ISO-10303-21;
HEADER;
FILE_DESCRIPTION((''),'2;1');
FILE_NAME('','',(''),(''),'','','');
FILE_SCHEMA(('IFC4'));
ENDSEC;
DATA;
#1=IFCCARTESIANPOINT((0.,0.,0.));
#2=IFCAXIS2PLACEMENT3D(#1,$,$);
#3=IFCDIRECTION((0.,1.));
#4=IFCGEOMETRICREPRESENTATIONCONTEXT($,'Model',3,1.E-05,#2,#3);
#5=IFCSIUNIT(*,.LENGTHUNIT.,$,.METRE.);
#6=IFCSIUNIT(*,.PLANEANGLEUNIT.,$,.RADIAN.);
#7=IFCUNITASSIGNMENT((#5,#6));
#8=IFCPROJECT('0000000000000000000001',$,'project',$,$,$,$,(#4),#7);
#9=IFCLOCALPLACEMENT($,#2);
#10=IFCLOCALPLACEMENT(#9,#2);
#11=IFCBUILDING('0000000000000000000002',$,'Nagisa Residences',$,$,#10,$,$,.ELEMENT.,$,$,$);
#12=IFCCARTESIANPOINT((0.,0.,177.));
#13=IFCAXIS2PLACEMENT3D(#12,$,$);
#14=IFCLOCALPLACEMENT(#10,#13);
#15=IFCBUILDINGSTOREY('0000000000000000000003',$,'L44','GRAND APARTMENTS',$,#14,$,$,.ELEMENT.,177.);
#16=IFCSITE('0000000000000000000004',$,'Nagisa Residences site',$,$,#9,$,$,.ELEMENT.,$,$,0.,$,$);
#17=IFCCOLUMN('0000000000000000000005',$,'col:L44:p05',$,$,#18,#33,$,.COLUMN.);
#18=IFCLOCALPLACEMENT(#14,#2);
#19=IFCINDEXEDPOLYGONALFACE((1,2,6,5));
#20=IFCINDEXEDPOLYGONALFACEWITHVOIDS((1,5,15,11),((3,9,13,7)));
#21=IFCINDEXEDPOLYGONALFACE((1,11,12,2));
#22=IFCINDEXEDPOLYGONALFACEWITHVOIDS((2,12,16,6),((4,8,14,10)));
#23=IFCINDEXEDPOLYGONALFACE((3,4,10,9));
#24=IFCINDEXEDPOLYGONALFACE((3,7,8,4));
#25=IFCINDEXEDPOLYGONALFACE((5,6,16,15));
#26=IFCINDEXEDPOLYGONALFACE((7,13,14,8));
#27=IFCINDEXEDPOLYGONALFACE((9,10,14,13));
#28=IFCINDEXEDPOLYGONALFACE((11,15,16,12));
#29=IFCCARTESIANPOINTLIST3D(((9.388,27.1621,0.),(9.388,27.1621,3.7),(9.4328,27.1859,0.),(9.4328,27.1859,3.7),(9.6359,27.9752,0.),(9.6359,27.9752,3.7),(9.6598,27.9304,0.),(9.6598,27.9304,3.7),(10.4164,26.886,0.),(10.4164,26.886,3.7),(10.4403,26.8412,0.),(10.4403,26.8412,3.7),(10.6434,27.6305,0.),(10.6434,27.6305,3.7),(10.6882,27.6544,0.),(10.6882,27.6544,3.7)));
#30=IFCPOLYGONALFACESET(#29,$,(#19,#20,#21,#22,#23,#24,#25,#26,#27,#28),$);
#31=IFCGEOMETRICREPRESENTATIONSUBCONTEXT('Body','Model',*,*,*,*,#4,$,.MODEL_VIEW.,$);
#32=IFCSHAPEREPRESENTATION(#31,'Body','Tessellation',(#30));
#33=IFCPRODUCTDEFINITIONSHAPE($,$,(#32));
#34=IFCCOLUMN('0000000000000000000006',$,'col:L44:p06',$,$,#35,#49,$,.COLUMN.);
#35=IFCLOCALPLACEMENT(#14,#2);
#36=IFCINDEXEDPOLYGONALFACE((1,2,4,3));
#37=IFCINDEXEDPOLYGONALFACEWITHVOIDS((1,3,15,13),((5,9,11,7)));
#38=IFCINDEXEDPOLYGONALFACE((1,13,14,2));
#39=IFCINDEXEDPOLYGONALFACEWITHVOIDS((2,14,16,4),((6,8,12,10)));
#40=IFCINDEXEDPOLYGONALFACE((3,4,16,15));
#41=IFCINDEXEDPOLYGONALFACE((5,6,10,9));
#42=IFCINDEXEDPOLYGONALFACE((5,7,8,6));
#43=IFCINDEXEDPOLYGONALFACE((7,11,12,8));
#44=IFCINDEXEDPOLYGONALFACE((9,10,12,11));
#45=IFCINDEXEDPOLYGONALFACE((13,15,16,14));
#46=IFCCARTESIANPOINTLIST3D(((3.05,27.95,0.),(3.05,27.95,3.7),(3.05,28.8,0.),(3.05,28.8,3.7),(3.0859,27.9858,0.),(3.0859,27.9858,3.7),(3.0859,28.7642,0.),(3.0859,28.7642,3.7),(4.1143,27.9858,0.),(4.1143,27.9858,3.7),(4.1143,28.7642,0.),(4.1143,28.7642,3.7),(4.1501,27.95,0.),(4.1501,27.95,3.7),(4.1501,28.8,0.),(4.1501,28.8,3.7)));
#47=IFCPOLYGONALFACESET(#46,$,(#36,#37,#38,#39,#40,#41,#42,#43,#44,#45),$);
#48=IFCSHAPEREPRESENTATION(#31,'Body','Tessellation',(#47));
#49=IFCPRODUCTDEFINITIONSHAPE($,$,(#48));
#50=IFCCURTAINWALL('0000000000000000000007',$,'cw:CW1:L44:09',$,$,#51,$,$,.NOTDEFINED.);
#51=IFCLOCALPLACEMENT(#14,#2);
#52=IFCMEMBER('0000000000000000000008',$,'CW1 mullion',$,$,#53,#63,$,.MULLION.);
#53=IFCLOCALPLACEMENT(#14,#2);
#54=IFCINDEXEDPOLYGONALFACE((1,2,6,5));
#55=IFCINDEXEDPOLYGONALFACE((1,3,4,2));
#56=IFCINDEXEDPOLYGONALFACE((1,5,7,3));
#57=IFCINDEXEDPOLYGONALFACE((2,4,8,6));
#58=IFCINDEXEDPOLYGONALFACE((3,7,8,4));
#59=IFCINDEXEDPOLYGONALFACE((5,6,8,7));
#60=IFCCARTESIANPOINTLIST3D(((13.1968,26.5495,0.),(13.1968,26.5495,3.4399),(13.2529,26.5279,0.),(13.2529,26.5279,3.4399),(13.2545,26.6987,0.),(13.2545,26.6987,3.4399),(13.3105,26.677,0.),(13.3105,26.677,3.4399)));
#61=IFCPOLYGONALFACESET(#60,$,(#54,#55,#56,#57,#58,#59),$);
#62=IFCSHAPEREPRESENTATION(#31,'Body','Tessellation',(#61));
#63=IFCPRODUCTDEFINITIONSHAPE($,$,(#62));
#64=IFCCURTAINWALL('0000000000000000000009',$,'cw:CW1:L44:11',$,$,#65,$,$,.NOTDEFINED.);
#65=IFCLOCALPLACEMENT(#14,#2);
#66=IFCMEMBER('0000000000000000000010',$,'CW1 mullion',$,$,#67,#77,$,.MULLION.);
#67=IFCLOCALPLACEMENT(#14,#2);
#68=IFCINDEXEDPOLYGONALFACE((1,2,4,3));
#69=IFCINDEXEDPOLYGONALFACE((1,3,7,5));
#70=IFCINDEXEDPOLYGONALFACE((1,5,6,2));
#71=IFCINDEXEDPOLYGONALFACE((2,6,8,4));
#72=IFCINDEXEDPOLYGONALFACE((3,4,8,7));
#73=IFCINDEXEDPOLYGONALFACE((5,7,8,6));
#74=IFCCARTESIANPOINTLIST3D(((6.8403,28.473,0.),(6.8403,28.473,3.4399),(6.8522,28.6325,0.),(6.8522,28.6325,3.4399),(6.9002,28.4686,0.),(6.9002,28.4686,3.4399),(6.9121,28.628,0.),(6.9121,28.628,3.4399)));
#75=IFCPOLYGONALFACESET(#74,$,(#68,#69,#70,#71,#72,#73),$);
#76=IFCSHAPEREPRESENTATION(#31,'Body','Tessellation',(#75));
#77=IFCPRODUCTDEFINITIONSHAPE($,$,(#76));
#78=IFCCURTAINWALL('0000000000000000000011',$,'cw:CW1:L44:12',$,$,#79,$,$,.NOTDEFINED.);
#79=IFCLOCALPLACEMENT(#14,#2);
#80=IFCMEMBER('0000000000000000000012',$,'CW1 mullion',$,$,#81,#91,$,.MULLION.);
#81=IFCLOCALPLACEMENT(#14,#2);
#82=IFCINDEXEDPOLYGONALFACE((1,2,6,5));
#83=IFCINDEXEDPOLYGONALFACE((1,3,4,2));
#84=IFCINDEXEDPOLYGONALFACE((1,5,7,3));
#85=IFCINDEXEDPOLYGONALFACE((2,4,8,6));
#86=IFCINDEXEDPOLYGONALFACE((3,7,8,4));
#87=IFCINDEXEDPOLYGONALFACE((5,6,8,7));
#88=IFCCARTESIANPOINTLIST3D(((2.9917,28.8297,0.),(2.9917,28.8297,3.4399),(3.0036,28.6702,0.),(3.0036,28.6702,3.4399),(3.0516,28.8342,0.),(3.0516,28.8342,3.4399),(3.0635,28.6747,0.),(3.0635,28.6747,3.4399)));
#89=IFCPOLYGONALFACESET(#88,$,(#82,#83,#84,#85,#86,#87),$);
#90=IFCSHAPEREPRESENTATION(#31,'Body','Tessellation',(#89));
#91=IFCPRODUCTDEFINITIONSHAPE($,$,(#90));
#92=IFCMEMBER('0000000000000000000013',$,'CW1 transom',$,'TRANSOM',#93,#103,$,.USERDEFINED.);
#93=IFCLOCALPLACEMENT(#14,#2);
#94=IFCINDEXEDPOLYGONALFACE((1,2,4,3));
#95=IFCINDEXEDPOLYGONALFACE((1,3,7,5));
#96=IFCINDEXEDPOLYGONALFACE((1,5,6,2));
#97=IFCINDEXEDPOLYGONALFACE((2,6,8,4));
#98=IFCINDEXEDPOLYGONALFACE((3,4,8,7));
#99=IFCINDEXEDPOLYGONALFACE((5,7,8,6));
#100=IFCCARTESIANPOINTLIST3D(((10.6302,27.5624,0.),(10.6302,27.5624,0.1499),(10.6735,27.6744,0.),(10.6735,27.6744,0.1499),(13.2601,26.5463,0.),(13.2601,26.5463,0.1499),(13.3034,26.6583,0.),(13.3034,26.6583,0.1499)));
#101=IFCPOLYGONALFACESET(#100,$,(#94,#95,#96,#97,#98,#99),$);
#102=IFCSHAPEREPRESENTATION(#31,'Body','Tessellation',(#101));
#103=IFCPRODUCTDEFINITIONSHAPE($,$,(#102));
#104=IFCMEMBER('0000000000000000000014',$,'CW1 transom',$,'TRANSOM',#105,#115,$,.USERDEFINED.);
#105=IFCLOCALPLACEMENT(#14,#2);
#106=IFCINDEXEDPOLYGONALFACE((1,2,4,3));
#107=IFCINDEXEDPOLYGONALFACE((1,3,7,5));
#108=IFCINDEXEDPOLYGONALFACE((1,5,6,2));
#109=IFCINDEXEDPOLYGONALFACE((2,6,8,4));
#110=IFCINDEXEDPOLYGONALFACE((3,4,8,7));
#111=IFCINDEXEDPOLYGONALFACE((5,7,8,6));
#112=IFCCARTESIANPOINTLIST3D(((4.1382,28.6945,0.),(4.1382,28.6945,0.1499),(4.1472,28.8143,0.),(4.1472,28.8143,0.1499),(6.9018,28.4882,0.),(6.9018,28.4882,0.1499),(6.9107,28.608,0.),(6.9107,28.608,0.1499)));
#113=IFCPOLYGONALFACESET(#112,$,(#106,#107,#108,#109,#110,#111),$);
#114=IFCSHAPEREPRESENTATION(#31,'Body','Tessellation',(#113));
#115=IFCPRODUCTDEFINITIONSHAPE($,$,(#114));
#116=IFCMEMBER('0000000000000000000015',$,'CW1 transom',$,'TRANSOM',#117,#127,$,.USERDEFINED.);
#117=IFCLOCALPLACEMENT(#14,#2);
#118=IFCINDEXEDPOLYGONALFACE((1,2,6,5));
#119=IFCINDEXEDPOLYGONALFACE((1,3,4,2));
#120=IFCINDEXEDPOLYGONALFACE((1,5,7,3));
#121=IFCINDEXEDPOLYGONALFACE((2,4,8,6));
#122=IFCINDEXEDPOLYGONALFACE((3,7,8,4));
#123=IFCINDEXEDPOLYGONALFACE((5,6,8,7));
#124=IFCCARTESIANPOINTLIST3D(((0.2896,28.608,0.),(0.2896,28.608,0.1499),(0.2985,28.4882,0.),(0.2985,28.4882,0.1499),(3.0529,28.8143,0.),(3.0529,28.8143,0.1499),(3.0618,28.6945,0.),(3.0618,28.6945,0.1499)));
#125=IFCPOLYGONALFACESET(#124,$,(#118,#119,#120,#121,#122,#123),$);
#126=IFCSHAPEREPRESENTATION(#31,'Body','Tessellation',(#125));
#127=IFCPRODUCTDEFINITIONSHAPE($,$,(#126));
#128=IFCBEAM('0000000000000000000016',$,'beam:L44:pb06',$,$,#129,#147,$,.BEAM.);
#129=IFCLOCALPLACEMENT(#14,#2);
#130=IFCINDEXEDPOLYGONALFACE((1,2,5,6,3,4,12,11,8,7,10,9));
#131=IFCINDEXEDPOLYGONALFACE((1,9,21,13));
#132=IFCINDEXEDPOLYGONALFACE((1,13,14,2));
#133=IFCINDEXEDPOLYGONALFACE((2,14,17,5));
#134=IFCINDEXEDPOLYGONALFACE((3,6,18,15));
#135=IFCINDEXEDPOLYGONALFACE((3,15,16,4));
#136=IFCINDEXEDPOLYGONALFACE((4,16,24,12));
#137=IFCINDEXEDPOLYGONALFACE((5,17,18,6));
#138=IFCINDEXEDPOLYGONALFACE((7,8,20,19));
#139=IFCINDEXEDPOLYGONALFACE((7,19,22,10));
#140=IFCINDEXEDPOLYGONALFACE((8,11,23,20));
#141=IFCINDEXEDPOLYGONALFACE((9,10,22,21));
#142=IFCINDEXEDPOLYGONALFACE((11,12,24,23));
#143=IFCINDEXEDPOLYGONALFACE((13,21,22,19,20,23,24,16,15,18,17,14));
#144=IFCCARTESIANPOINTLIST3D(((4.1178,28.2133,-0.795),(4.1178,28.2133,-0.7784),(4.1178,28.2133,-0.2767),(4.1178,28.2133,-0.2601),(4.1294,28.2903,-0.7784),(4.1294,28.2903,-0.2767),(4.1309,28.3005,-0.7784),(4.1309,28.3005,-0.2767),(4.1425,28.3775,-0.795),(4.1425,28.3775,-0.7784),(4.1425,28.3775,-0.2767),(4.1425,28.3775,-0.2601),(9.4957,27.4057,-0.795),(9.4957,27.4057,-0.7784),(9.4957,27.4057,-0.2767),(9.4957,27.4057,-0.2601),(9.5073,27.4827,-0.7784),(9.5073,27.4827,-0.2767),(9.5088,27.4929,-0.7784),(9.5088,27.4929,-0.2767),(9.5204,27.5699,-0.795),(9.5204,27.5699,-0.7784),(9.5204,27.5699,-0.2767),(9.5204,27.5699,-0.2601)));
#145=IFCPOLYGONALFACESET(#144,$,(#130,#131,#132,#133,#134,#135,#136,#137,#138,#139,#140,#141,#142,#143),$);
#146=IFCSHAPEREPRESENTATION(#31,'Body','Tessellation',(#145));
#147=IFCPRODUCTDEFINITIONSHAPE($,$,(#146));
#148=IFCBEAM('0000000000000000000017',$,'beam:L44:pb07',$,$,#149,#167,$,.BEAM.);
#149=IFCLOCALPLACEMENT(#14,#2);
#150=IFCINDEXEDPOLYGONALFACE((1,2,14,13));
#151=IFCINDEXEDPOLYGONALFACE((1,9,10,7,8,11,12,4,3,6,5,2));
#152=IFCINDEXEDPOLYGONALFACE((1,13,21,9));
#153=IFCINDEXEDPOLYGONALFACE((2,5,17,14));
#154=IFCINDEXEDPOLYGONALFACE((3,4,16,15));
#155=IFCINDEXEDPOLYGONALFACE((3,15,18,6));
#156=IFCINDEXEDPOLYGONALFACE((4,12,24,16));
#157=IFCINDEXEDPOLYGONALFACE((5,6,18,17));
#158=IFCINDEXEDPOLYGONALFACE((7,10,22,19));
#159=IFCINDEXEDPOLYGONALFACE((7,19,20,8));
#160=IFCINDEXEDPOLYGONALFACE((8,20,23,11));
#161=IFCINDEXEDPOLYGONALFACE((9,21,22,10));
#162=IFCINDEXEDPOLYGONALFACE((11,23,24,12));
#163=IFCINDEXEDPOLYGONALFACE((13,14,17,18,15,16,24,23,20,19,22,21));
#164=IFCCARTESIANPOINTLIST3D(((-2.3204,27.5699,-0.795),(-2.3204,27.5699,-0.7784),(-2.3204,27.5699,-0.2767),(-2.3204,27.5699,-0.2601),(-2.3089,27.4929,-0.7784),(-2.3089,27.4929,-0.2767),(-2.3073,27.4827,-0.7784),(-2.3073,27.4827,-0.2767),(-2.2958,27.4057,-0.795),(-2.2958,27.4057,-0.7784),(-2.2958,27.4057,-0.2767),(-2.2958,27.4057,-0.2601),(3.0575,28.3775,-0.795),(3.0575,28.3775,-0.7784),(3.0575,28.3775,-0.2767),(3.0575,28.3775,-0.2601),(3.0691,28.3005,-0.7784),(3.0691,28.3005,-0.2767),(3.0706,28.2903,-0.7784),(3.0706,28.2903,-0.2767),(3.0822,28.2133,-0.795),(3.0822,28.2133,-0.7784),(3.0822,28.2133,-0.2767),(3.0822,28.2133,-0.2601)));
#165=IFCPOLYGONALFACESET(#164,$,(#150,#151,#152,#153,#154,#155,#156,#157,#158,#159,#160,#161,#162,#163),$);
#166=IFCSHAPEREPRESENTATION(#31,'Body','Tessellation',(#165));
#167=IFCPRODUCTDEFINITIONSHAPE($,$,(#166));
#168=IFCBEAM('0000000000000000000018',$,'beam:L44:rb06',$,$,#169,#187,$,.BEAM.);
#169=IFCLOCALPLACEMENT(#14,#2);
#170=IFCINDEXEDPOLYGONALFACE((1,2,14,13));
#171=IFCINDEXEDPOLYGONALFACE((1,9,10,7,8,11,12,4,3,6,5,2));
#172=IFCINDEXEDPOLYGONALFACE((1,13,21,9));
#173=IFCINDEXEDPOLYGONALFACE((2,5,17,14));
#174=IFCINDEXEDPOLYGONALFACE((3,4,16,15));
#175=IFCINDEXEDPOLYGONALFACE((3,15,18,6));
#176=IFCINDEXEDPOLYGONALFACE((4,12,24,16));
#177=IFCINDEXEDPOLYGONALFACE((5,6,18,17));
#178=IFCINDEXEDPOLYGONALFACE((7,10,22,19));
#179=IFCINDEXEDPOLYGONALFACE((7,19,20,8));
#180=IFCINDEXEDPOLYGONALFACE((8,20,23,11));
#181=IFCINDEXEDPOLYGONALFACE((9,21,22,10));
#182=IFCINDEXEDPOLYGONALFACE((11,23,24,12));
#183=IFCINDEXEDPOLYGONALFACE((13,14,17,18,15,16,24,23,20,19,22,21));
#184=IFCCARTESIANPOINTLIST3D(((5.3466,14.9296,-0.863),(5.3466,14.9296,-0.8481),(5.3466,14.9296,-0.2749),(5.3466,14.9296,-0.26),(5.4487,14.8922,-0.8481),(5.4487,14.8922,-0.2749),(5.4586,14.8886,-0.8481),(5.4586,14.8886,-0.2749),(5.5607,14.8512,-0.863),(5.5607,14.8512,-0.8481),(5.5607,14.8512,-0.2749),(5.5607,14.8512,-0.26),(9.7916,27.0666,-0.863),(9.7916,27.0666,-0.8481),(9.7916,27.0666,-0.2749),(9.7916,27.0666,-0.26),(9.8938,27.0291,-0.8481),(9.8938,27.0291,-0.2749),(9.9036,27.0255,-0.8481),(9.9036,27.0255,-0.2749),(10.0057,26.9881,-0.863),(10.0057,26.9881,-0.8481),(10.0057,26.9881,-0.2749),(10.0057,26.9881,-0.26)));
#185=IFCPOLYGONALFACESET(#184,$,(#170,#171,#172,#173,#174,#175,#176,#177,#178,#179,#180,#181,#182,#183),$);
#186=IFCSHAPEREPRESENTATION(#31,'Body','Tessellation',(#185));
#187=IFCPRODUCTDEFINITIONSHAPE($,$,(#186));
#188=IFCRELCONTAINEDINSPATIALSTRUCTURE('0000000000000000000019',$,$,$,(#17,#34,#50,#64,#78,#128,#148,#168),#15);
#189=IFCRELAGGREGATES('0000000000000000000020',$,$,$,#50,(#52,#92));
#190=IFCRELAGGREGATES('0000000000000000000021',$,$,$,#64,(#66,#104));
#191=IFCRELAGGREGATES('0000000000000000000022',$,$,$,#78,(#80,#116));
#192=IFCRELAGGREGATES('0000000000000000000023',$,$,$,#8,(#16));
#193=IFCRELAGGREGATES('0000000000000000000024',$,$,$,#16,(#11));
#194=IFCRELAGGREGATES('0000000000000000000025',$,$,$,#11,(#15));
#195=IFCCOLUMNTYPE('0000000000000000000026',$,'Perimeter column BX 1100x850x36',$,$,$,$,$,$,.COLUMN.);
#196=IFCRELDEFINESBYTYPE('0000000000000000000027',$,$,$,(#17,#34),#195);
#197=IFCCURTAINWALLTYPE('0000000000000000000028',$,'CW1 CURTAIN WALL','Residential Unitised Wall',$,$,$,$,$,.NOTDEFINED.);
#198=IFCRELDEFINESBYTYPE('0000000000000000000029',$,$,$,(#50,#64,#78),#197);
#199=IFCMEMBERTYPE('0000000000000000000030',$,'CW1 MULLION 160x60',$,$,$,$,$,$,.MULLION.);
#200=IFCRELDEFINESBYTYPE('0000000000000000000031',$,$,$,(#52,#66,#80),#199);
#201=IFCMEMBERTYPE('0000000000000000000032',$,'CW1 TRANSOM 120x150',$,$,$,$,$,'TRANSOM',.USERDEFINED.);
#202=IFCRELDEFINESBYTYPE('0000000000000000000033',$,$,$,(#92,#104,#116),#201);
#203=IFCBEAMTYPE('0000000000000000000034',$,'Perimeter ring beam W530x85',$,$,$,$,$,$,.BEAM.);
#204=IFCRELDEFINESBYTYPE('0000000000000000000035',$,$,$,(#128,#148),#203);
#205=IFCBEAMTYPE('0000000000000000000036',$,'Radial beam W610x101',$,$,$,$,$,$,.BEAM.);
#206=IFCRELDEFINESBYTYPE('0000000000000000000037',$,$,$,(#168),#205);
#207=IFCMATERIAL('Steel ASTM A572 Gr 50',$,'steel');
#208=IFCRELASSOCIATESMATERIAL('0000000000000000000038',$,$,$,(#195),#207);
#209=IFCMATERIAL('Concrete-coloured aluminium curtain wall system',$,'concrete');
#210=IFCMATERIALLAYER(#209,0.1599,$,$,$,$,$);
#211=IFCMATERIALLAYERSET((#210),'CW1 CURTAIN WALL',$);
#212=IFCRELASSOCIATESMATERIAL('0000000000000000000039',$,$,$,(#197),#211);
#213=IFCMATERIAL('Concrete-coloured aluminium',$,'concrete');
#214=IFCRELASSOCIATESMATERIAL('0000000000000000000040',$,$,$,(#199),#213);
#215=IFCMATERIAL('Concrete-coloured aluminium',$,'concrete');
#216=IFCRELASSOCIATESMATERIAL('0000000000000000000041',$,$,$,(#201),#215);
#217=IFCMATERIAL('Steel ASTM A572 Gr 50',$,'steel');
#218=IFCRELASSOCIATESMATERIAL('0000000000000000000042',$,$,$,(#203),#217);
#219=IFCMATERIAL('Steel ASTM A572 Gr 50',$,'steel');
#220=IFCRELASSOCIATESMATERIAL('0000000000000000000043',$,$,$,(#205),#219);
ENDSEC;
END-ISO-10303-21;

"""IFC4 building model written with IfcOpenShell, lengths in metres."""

from ifc_helpers import new_model, si_unit, direction, frame, origin, origin_2d, place, context, subcontext, project, spatial, rectangle, hollow_rectangle, i_section, extrude, material, layer, layer_set, material_profile, profile_set, type_object, element, aggregate, save


model = new_model("IFC4")

# Units and contexts
model_context = context("Model", 3, precision=1e-05, world=origin(), true_north=direction((0.0, 1.0)))
body_context = subcontext(model_context, "Body", "Model", "MODEL_VIEW")
ifc_project = project(units=[si_unit("LENGTHUNIT", "METRE"), si_unit("PLANEANGLEUNIT", "RADIAN")], contexts=[model_context])

# Site, building, storey
site_placement = place(None, origin())
site = spatial("IfcSite", under=ifc_project, at=site_placement, Name="Nagisa Residences site", CompositionType="ELEMENT", RefElevation=0.0)
building_placement = place(site_placement, origin())
building = spatial("IfcBuilding", under=site, at=building_placement, Name="Nagisa Residences", CompositionType="ELEMENT")
storey_placement = place(building_placement, frame((0.0, 0.0, 177.0)))
storey = spatial("IfcBuildingStorey", under=building, at=storey_placement, Name="L44", Description="GRAND APARTMENTS", CompositionType="ELEMENT", Elevation=177.0)

# Columns
ifc_material_1 = material(Name="Steel ASTM A572 Gr 50", Category="steel")
ifc_material_profile_1 = material_profile(ifc_material_1, hollow_rectangle(XDim=1.1001, YDim=0.8501, WallThickness=0.0359, at=origin_2d()), Name="BX 1100x850x36")
ifc_profile_set_1 = profile_set([ifc_material_profile_1], Name="Steel ASTM A572 Gr 50")
column_type = type_object("IfcColumnType", Name="Perimeter column BX 1100x850x36", PredefinedType="COLUMN", material=ifc_profile_set_1)
for number, where, z_axis, x_axis, name in (
    (1, (10.0381, 27.4082, 0.0), (0.0, 0.0, 1.0), (-0.956525, 0.291652, 0.0), "col:L44:p05"),
    (2, (3.6001, 28.375, 0.0), (0.0, 0.0, 1.0), (-1.0, 0.0, 0.0), "col:L44:p06"),
):
    element("IfcColumn", number, at=place(storey_placement, frame(where, z_axis=z_axis, x_axis=x_axis)), inside=storey, type_object=column_type, Name=name, PredefinedType="COLUMN", context=body_context, shape_type="SweptSolid", body=[
        extrude(hollow_rectangle(XDim=1.1001, YDim=0.8501, WallThickness=0.0359, at=origin_2d()), origin(), (0.0, 0.0, 1.0), 3.7),
    ])

# Curtain walls, members
ifc_material_2 = material(Name="Concrete-coloured aluminium curtain wall system", Category="concrete")
ifc_layer_1 = layer(ifc_material_2, 0.1599)
ifc_layer_set_1 = layer_set([ifc_layer_1], Name="CW1 CURTAIN WALL")
curtain_wall_type = type_object("IfcCurtainWallType", Name="CW1 CURTAIN WALL", Description="Residential Unitised Wall", PredefinedType="NOTDEFINED", material=ifc_layer_set_1)
curtain_wall_1_placement = place(storey_placement, origin())
curtain_wall_1 = element("IfcCurtainWall", 3, at=curtain_wall_1_placement, inside=storey, type_object=curtain_wall_type, Name="cw:CW1:L44:09", PredefinedType="NOTDEFINED")
ifc_material_3 = material(Name="Concrete-coloured aluminium", Category="concrete")
ifc_material_profile_2 = material_profile(ifc_material_3, rectangle(XDim=0.1599, YDim=0.0601, at=origin_2d()), Name="CW1 MULLION 160x60")
ifc_profile_set_2 = profile_set([ifc_material_profile_2], Name="Concrete-coloured aluminium")
member_type_1 = type_object("IfcMemberType", Name="CW1 MULLION 160x60", PredefinedType="MULLION", material=ifc_profile_set_2)
member_1_placement = place(storey_placement, frame((13.2537, 26.6133, 0.0), z_axis=(0.0, 0.0, 1.0), x_axis=(-0.360328, -0.932826, 0.0)))
member_1 = element("IfcMember", 4, at=member_1_placement, type_object=member_type_1, Name="CW1 mullion", PredefinedType="MULLION", context=body_context, shape_type="SweptSolid", body=[
    extrude(rectangle(XDim=0.1599, YDim=0.0601, at=origin_2d()), origin(), (0.0, 0.0, 1.0), 3.4399),
])
curtain_wall_2_placement = place(storey_placement, origin())
curtain_wall_2 = element("IfcCurtainWall", 5, at=curtain_wall_2_placement, inside=storey, type_object=curtain_wall_type, Name="cw:CW1:L44:11", PredefinedType="NOTDEFINED")
member_2_placement = place(storey_placement, frame((6.8762, 28.5505, 0.0), z_axis=(0.0, 0.0, 1.0), x_axis=(-0.074377, -0.99723, 0.0)))
member_2 = element("IfcMember", 6, at=member_2_placement, type_object=member_type_1, Name="CW1 mullion", PredefinedType="MULLION", context=body_context, shape_type="SweptSolid", body=[
    extrude(rectangle(XDim=0.1599, YDim=0.0601, at=origin_2d()), origin(), (0.0, 0.0, 1.0), 3.4399),
])
curtain_wall_3_placement = place(storey_placement, origin())
curtain_wall_3 = element("IfcCurtainWall", 7, at=curtain_wall_3_placement, inside=storey, type_object=curtain_wall_type, Name="cw:CW1:L44:12", PredefinedType="NOTDEFINED")
member_3_placement = place(storey_placement, frame((3.0276, 28.7522, 0.0), z_axis=(0.0, 0.0, 1.0), x_axis=(0.074377, -0.99723, 0.0)))
member_3 = element("IfcMember", 8, at=member_3_placement, type_object=member_type_1, Name="CW1 mullion", PredefinedType="MULLION", context=body_context, shape_type="SweptSolid", body=[
    extrude(rectangle(XDim=0.1599, YDim=0.0601, at=origin_2d()), origin(), (0.0, 0.0, 1.0), 3.4399),
])

# Members
ifc_material_4 = material(Name="Concrete-coloured aluminium", Category="concrete")
ifc_material_profile_3 = material_profile(ifc_material_4, rectangle(XDim=0.1201, YDim=0.1499, at=origin_2d()), Name="CW1 TRANSOM 120x150")
ifc_profile_set_3 = profile_set([ifc_material_profile_3], Name="Concrete-coloured aluminium")
member_type_2 = type_object("IfcMemberType", Name="CW1 TRANSOM 120x150", ElementType="TRANSOM", PredefinedType="USERDEFINED", material=ifc_profile_set_3)
member_4_placement = place(storey_placement, frame((13.2817, 26.6023, 0.075), z_axis=(-0.932795, 0.360406, 0.0), x_axis=(-0.360406, -0.932795, 0.0)))
member_4 = element("IfcMember", 9, at=member_4_placement, type_object=member_type_2, Name="CW1 transom", ObjectType="TRANSOM", PredefinedType="USERDEFINED", context=body_context, shape_type="SweptSolid", body=[
    extrude(rectangle(XDim=0.1201, YDim=0.1499, at=origin_2d()), origin(), (0.0, 0.0, 1.0), 2.8193),
])
member_5_placement = place(storey_placement, frame((6.9062, 28.5481, 0.075), z_axis=(-0.997226, 0.07444, 0.0), x_axis=(-0.07444, -0.997226, 0.0)))
member_5 = element("IfcMember", 10, at=member_5_placement, type_object=member_type_2, Name="CW1 transom", ObjectType="TRANSOM", PredefinedType="USERDEFINED", context=body_context, shape_type="SweptSolid", body=[
    extrude(rectangle(XDim=0.1201, YDim=0.1499, at=origin_2d()), origin(), (0.0, 0.0, 1.0), 2.7712),
])
member_6_placement = place(storey_placement, frame((3.0574, 28.7544, 0.075), z_axis=(-0.997225, -0.074446, 0.0), x_axis=(0.074446, -0.997225, 0.0)))
member_6 = element("IfcMember", 11, at=member_6_placement, type_object=member_type_2, Name="CW1 transom", ObjectType="TRANSOM", PredefinedType="USERDEFINED", context=body_context, shape_type="SweptSolid", body=[
    extrude(rectangle(XDim=0.1201, YDim=0.1499, at=origin_2d()), origin(), (0.0, 0.0, 1.0), 2.771),
])

# Beams
ifc_material_5 = material(Name="Steel ASTM A572 Gr 50", Category="steel")
ifc_material_profile_4 = material_profile(ifc_material_5, i_section(OverallWidth=0.166, OverallDepth=0.5349, WebThickness=0.0103, FlangeThickness=0.0166, at=origin_2d()), Name="W530x85")
ifc_profile_set_4 = profile_set([ifc_material_profile_4], Name="Steel ASTM A572 Gr 50")
beam_type_1 = type_object("IfcBeamType", Name="Perimeter ring beam W530x85", PredefinedType="BEAM", material=ifc_profile_set_4)
for number, where, z_axis, x_axis, name in (
    (12, (9.5081, 27.4878, -0.5276), (-0.988911, 0.148507, 0.0), (-0.148507, -0.988911, 0.0), "beam:L44:pb06"),
    (13, (3.0698, 28.2954, -0.5276), (-0.988911, -0.148507, 0.0), (0.148507, -0.988911, 0.0), "beam:L44:pb07"),
):
    element("IfcBeam", number, at=place(storey_placement, frame(where, z_axis=z_axis, x_axis=x_axis)), inside=storey, type_object=beam_type_1, Name=name, PredefinedType="BEAM", context=body_context, shape_type="SweptSolid", body=[
        extrude(i_section(OverallWidth=0.166, OverallDepth=0.5349, WebThickness=0.0103, FlangeThickness=0.0166, at=origin_2d()), origin(), (0.0, 0.0, 1.0), 5.4382),
    ])
ifc_material_6 = material(Name="Steel ASTM A572 Gr 50", Category="steel")
ifc_material_profile_5 = material_profile(ifc_material_6, i_section(OverallWidth=0.228, OverallDepth=0.603, WebThickness=0.0105, FlangeThickness=0.0149, at=origin_2d()), Name="W610x101")
ifc_profile_set_5 = profile_set([ifc_material_profile_5], Name="Steel ASTM A572 Gr 50")
beam_type_2 = type_object("IfcBeamType", Name="Radial beam W610x101", PredefinedType="BEAM", material=ifc_profile_set_5)
beam_1_placement = place(storey_placement, frame((9.8987, 27.0273, -0.5615), z_axis=(-0.343903, -0.939005, 0.0), x_axis=(0.939005, -0.343903, 0.0)))
element("IfcBeam", 14, at=beam_1_placement, inside=storey, type_object=beam_type_2, Name="beam:L44:rb06", PredefinedType="BEAM", context=body_context, shape_type="SweptSolid", body=[
    extrude(i_section(OverallWidth=0.228, OverallDepth=0.603, WebThickness=0.0105, FlangeThickness=0.0149, at=origin_2d()), origin(), (0.0, 0.0, 1.0), 12.9253),
])

aggregate(curtain_wall_1, [member_1, member_4])
aggregate(curtain_wall_2, [member_2, member_5])
aggregate(curtain_wall_3, [member_3, member_6])

save(model, "model.ifc")
